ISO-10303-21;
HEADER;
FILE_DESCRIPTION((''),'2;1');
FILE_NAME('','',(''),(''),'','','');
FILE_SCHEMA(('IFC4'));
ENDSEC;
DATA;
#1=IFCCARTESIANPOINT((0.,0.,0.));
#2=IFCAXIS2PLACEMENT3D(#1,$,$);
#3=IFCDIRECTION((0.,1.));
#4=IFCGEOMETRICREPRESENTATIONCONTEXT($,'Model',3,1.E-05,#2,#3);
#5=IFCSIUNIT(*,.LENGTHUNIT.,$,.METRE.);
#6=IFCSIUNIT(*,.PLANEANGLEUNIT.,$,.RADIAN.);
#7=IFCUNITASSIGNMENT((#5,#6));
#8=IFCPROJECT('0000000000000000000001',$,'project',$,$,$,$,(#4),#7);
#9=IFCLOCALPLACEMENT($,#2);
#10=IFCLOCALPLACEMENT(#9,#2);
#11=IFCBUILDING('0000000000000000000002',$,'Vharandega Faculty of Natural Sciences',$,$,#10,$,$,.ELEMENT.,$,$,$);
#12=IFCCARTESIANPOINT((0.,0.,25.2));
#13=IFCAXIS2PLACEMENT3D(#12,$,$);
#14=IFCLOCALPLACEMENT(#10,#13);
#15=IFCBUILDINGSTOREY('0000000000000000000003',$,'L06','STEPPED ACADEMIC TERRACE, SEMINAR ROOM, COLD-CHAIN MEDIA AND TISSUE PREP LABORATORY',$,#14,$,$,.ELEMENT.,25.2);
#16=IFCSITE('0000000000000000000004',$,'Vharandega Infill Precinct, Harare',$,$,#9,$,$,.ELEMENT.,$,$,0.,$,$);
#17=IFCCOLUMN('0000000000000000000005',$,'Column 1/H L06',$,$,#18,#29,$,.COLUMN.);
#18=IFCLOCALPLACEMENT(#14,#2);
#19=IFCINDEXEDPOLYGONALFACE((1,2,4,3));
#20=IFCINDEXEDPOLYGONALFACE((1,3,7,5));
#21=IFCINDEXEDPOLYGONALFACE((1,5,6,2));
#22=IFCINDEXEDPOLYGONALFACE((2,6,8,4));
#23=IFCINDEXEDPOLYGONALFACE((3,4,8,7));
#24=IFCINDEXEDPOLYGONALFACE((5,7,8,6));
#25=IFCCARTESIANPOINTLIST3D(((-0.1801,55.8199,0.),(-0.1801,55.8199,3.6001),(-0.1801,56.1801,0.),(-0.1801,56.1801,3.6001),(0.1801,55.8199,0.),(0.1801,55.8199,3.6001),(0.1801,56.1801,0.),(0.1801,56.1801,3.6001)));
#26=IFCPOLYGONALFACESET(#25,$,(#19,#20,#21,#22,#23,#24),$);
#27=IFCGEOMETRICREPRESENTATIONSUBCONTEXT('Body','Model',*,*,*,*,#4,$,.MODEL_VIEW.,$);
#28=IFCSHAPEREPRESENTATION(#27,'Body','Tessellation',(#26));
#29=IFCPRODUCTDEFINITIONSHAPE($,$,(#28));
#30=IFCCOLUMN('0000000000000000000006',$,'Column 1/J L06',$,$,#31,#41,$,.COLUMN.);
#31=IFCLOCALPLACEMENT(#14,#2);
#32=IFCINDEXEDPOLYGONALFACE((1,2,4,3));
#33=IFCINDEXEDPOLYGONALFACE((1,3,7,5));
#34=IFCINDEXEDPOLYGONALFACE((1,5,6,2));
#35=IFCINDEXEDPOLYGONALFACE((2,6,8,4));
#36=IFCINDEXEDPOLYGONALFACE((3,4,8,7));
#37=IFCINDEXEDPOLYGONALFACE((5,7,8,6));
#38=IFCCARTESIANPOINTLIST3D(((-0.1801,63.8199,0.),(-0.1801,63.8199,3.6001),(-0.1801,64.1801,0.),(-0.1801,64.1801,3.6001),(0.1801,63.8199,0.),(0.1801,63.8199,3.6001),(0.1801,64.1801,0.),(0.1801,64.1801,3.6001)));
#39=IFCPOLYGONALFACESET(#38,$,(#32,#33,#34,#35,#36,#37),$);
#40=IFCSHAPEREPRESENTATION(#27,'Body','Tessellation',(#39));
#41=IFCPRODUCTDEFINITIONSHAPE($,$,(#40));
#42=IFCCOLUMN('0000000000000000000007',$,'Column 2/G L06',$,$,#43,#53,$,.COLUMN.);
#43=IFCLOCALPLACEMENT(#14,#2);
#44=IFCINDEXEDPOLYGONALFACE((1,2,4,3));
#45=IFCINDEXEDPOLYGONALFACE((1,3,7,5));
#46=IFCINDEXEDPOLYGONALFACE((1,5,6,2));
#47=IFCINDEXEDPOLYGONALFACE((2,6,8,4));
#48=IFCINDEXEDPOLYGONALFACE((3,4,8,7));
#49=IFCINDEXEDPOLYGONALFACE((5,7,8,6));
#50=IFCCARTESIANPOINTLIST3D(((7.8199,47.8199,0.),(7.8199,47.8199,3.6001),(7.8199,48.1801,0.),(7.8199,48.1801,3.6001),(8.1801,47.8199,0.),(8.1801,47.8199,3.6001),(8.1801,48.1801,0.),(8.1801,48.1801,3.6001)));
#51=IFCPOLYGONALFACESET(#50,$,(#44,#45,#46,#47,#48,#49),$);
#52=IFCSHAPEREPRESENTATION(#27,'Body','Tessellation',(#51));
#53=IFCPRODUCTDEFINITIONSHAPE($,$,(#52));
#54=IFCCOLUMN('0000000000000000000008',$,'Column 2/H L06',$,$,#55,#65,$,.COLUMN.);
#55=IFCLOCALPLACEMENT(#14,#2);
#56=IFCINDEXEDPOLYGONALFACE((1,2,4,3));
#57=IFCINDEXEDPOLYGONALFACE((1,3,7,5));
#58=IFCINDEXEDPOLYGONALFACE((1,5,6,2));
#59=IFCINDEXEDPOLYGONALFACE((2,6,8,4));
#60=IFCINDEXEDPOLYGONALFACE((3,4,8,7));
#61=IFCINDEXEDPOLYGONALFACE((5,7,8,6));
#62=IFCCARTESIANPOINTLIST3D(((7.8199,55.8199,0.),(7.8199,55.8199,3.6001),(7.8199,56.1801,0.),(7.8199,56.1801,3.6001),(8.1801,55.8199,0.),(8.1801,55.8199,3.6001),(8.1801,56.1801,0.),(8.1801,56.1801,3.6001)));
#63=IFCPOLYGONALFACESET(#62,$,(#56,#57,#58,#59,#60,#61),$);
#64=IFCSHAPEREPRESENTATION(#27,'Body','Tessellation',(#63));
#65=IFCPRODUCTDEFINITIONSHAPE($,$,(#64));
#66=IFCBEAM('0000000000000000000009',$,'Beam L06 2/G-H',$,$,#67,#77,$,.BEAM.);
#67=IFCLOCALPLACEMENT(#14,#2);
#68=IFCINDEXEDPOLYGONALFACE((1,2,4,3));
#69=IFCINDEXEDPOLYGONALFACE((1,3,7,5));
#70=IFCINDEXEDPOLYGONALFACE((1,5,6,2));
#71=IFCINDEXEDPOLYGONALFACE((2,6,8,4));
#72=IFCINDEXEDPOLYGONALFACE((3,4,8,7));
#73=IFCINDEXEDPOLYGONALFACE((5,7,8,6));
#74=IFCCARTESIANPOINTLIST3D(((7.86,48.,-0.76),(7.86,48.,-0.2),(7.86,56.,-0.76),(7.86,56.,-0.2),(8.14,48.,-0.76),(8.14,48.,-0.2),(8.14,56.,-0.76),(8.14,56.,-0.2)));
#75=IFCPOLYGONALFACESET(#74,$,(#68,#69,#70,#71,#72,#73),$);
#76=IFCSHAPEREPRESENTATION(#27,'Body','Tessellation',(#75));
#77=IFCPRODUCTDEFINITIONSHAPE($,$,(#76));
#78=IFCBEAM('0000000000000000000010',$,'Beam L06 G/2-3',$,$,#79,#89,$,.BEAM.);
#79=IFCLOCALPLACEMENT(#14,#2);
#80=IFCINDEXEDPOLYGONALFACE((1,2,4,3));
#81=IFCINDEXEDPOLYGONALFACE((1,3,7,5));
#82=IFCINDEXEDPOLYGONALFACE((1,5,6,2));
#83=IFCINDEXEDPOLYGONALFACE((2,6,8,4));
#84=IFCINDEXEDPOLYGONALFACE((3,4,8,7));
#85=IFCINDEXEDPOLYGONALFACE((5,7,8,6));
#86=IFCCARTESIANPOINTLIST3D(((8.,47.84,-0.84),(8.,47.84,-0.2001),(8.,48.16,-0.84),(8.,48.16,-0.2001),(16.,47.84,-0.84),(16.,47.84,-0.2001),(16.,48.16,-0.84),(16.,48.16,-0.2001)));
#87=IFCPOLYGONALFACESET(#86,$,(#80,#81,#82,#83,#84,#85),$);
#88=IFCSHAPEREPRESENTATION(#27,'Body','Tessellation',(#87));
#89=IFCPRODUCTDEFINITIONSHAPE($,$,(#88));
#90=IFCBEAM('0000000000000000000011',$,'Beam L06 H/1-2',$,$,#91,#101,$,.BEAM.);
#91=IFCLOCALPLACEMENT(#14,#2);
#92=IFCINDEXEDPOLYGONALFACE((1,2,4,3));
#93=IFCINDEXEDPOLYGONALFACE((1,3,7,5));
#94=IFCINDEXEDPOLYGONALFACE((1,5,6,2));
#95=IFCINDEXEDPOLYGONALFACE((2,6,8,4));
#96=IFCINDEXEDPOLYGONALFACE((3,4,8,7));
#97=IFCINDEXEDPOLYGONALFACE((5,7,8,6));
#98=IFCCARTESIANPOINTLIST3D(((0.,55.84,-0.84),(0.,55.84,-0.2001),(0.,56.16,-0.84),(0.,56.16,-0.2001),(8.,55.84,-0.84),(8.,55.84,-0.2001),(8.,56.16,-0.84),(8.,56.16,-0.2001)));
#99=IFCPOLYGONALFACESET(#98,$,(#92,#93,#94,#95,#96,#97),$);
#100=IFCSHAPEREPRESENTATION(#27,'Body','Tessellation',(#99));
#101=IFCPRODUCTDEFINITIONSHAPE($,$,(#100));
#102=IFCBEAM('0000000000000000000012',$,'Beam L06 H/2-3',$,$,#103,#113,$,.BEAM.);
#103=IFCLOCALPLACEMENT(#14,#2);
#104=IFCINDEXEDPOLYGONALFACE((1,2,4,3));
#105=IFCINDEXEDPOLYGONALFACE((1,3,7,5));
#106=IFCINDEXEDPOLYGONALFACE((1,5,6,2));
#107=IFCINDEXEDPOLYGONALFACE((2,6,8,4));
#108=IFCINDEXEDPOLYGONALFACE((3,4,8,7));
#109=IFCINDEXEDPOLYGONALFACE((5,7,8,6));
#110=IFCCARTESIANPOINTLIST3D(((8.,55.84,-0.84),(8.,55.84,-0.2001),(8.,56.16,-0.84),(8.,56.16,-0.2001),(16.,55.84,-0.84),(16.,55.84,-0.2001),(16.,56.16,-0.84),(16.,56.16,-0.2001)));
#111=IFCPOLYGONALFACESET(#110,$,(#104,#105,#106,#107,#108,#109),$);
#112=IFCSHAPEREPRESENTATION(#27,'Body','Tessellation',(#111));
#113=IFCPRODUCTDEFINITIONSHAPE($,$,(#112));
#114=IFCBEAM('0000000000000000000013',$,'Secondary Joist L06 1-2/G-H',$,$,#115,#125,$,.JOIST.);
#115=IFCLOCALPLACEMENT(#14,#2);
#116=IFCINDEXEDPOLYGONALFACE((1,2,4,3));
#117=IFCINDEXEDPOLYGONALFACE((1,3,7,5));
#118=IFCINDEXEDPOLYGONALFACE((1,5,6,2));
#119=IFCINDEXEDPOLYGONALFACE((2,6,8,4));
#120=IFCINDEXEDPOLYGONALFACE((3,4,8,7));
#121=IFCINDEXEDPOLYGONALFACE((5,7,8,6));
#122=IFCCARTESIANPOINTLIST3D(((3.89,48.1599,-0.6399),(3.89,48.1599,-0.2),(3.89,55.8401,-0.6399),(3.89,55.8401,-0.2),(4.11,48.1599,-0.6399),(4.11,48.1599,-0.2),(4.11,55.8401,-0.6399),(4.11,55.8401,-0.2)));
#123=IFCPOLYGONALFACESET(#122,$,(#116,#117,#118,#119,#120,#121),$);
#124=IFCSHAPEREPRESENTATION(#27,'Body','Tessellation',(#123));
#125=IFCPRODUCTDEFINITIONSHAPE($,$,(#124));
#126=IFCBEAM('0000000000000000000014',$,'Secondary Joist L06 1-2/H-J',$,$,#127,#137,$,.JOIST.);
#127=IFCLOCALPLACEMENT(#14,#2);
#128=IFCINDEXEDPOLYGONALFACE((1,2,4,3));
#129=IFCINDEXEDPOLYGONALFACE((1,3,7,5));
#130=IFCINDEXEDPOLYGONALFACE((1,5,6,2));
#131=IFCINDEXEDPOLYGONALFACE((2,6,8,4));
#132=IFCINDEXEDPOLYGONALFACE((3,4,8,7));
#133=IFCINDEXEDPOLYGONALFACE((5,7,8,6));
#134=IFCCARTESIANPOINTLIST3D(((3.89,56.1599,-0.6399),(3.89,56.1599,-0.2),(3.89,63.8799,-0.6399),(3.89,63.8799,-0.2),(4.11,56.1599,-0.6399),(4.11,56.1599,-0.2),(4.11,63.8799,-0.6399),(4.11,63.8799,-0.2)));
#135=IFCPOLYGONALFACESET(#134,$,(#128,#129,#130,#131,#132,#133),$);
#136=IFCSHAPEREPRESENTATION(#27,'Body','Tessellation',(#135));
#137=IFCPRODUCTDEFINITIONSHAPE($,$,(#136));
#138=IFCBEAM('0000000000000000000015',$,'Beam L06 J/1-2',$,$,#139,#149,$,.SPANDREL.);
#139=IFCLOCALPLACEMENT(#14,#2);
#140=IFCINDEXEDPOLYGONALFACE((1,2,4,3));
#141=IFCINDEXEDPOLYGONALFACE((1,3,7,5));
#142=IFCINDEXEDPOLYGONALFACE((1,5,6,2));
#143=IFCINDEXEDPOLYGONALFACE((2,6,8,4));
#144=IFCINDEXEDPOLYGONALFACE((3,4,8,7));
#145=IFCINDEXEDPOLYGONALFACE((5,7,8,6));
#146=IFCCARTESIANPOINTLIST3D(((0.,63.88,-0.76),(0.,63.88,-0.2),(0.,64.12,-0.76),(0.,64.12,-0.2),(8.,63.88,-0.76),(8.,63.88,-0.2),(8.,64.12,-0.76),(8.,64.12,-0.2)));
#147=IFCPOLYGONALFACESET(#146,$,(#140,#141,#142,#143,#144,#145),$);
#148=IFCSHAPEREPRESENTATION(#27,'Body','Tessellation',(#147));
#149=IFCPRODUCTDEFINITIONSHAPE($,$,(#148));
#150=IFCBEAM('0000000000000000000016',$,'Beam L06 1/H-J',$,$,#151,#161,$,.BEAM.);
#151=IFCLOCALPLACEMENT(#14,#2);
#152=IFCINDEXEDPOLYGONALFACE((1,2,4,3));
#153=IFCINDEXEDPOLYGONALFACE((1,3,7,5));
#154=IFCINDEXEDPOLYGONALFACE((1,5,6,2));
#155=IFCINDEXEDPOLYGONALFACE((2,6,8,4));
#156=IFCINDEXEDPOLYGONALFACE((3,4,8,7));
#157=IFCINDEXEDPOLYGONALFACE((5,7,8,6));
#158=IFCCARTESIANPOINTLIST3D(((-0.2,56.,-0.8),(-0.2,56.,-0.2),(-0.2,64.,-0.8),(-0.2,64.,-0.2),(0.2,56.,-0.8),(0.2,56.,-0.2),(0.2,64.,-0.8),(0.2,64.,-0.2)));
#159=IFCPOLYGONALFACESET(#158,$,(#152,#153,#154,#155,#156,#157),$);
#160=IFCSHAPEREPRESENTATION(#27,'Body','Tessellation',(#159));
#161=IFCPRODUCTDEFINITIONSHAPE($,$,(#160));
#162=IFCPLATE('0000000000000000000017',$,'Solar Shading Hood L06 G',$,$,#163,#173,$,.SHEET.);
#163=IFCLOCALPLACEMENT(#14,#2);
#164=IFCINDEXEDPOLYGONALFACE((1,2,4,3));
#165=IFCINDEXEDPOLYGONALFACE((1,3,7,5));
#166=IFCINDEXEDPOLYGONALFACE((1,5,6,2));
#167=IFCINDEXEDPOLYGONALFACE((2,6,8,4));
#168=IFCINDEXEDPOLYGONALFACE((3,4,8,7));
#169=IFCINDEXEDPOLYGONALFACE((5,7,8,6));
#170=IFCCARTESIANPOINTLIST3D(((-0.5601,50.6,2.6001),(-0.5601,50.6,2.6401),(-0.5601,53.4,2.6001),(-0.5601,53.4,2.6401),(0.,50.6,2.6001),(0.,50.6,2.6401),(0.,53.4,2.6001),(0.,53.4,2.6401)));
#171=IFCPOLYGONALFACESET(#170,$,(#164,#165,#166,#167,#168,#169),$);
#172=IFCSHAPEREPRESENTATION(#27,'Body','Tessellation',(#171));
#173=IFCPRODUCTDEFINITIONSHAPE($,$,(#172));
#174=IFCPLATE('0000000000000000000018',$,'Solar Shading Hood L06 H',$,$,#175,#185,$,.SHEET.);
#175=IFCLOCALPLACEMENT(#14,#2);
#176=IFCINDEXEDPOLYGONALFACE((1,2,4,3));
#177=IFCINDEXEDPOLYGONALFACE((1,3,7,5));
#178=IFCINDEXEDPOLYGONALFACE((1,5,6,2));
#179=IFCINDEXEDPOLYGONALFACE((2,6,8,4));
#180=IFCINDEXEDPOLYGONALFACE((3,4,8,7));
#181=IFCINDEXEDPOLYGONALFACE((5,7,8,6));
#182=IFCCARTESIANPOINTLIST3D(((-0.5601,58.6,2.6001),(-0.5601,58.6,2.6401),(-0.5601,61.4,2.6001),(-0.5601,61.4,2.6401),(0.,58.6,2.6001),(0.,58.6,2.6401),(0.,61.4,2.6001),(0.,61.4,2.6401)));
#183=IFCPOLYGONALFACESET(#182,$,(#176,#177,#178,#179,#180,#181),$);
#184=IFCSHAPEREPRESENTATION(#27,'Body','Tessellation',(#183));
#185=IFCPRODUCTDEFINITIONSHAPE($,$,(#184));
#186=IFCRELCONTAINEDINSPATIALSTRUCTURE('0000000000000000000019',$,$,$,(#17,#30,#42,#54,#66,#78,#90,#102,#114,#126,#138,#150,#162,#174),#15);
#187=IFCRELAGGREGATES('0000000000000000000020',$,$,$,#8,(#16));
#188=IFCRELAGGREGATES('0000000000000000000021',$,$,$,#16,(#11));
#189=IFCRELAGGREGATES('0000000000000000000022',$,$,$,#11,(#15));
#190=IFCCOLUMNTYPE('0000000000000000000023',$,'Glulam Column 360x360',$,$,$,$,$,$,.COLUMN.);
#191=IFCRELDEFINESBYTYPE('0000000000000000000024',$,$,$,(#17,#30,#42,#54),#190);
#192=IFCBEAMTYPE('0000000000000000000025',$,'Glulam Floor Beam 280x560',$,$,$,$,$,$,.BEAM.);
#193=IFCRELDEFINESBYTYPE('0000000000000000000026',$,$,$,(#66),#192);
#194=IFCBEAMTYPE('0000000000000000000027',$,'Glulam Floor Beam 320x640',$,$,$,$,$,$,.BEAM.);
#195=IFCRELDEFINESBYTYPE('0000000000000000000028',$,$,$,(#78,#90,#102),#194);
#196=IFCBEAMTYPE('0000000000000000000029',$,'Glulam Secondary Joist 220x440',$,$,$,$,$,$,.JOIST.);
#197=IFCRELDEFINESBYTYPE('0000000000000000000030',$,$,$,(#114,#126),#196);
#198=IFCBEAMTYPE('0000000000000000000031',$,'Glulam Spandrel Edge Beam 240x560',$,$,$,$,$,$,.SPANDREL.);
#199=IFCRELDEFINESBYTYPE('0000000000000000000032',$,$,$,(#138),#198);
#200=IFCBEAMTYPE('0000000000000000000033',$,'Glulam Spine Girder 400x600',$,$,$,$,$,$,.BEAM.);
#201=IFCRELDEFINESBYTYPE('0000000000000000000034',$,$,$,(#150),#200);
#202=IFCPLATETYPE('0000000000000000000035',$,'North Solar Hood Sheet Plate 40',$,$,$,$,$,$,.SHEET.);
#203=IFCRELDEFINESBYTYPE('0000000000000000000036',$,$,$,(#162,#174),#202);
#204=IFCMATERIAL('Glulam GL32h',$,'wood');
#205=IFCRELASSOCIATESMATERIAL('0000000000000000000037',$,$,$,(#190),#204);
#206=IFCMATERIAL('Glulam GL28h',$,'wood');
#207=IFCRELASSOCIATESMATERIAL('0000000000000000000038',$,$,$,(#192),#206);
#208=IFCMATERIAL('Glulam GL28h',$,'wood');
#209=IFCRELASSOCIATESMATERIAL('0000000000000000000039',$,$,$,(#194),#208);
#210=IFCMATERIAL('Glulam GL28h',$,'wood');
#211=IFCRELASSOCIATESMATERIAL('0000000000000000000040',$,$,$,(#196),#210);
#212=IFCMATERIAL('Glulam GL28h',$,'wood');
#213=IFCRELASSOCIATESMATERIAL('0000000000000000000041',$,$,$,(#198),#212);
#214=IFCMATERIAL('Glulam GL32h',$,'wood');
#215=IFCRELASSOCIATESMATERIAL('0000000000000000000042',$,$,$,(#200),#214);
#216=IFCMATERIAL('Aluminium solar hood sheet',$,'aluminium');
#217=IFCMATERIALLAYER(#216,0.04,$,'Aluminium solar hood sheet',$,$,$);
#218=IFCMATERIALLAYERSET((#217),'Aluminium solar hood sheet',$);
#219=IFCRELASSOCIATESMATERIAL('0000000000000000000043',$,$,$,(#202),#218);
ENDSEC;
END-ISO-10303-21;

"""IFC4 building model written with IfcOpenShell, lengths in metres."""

from ifc_helpers import new_model, si_unit, direction, frame, origin, origin_2d, place, context, subcontext, project, spatial, rectangle, extrude, material, layer, layer_set, material_profile, profile_set, type_object, element, save


model = new_model("IFC4")

# Units and contexts
model_context = context("Model", 3, precision=1e-05, world=origin(), true_north=direction((0.0, 1.0)))
body_context = subcontext(model_context, "Body", "Model", "MODEL_VIEW")
ifc_project = project(units=[si_unit("LENGTHUNIT", "METRE"), si_unit("PLANEANGLEUNIT", "RADIAN")], contexts=[model_context])

# Site, building, storey
site_placement = place(None, origin())
site = spatial("IfcSite", under=ifc_project, at=site_placement, Name="Vharandega Infill Precinct, Harare", CompositionType="ELEMENT", RefElevation=0.0)
building_placement = place(site_placement, origin())
building = spatial("IfcBuilding", under=site, at=building_placement, Name="Vharandega Faculty of Natural Sciences", CompositionType="ELEMENT")
storey_placement = place(building_placement, frame((0.0, 0.0, 25.2)))
storey = spatial("IfcBuildingStorey", under=building, at=storey_placement, Name="L06", Description="STEPPED ACADEMIC TERRACE, SEMINAR ROOM, COLD-CHAIN MEDIA AND TISSUE PREP LABORATORY", CompositionType="ELEMENT", Elevation=25.2)

# Columns
ifc_material_1 = material(Name="Glulam GL32h", Category="wood")
ifc_material_profile_1 = material_profile(ifc_material_1, rectangle(XDim=0.3601, YDim=0.3601, at=origin_2d()), Name="GL32h 360x360")
ifc_profile_set_1 = profile_set([ifc_material_profile_1], Name="Glulam GL32h")
column_type = type_object("IfcColumnType", Name="Glulam Column 360x360", PredefinedType="COLUMN", material=ifc_profile_set_1)
for number, where, z_axis, x_axis, name in (
    (1, (0.0, 56.0, 0.0), (0.0, 0.0, 1.0), (1.0, 0.0, 0.0), "Column 1/H L06"),
    (2, (0.0, 64.0, 0.0), (0.0, 0.0, 1.0), (1.0, 0.0, 0.0), "Column 1/J L06"),
    (3, (8.0, 48.0, 0.0), (0.0, 0.0, 1.0), (1.0, 0.0, 0.0), "Column 2/G L06"),
    (4, (8.0, 56.0, 0.0), (0.0, 0.0, 1.0), (1.0, 0.0, 0.0), "Column 2/H L06"),
):
    element("IfcColumn", number, at=place(storey_placement, frame(where, z_axis=z_axis, x_axis=x_axis)), inside=storey, type_object=column_type, Name=name, PredefinedType="COLUMN", context=body_context, shape_type="SweptSolid", body=[
        extrude(rectangle(XDim=0.3601, YDim=0.3601, at=origin_2d()), origin(), (0.0, 0.0, 1.0), 3.6001),
    ])

# Beams
ifc_material_2 = material(Name="Glulam GL28h", Category="wood")
ifc_material_profile_2 = material_profile(ifc_material_2, rectangle(XDim=0.28, YDim=0.5601, at=origin_2d()), Name="GL28h 280x560")
ifc_profile_set_2 = profile_set([ifc_material_profile_2], Name="Glulam GL28h")
beam_type_1 = type_object("IfcBeamType", Name="Glulam Floor Beam 280x560", PredefinedType="BEAM", material=ifc_profile_set_2)
beam_1_placement = place(storey_placement, frame((8.0, 48.0, -0.48), z_axis=(0.0, 1.0, 0.0), x_axis=(-1.0, 0.0, 0.0)))
element("IfcBeam", 5, at=beam_1_placement, inside=storey, type_object=beam_type_1, Name="Beam L06 2/G-H", PredefinedType="BEAM", context=body_context, shape_type="SweptSolid", body=[
    extrude(rectangle(XDim=0.28, YDim=0.5601, at=origin_2d()), origin(), (0.0, 0.0, 1.0), 8.0),
])
ifc_material_3 = material(Name="Glulam GL28h", Category="wood")
ifc_material_profile_3 = material_profile(ifc_material_3, rectangle(XDim=0.3201, YDim=0.6399, at=origin_2d()), Name="GL28h 320x640")
ifc_profile_set_3 = profile_set([ifc_material_profile_3], Name="Glulam GL28h")
beam_type_2 = type_object("IfcBeamType", Name="Glulam Floor Beam 320x640", PredefinedType="BEAM", material=ifc_profile_set_3)
for number, where, z_axis, x_axis, name in (
    (6, (8.0, 48.0, -0.52), (1.0, 0.0, 0.0), (0.0, 1.0, 0.0), "Beam L06 G/2-3"),
    (7, (0.0, 56.0, -0.52), (1.0, 0.0, 0.0), (0.0, 1.0, 0.0), "Beam L06 H/1-2"),
    (8, (8.0, 56.0, -0.52), (1.0, 0.0, 0.0), (0.0, 1.0, 0.0), "Beam L06 H/2-3"),
):
    element("IfcBeam", number, at=place(storey_placement, frame(where, z_axis=z_axis, x_axis=x_axis)), inside=storey, type_object=beam_type_2, Name=name, PredefinedType="BEAM", context=body_context, shape_type="SweptSolid", body=[
        extrude(rectangle(XDim=0.3201, YDim=0.6399, at=origin_2d()), origin(), (0.0, 0.0, 1.0), 8.0),
    ])
ifc_material_4 = material(Name="Glulam GL28h", Category="wood")
ifc_material_profile_4 = material_profile(ifc_material_4, rectangle(XDim=0.22, YDim=0.4399, at=origin_2d()), Name="GL28h 220x440")
ifc_profile_set_4 = profile_set([ifc_material_profile_4], Name="Glulam GL28h")
beam_type_3 = type_object("IfcBeamType", Name="Glulam Secondary Joist 220x440", PredefinedType="JOIST", material=ifc_profile_set_4)
beam_2_placement = place(storey_placement, frame((4.0, 48.1599, -0.4199), z_axis=(0.0, 1.0, 0.0), x_axis=(-1.0, 0.0, 0.0)))
element("IfcBeam", 9, at=beam_2_placement, inside=storey, type_object=beam_type_3, Name="Secondary Joist L06 1-2/G-H", PredefinedType="JOIST", context=body_context, shape_type="SweptSolid", body=[
    extrude(rectangle(XDim=0.22, YDim=0.4399, at=origin_2d()), origin(), (0.0, 0.0, 1.0), 7.6802),
])
beam_3_placement = place(storey_placement, frame((4.0, 56.1599, -0.4199), z_axis=(0.0, 1.0, 0.0), x_axis=(-1.0, 0.0, 0.0)))
element("IfcBeam", 10, at=beam_3_placement, inside=storey, type_object=beam_type_3, Name="Secondary Joist L06 1-2/H-J", PredefinedType="JOIST", context=body_context, shape_type="SweptSolid", body=[
    extrude(rectangle(XDim=0.22, YDim=0.4399, at=origin_2d()), origin(), (0.0, 0.0, 1.0), 7.72),
])
ifc_material_5 = material(Name="Glulam GL28h", Category="wood")
ifc_material_profile_5 = material_profile(ifc_material_5, rectangle(XDim=0.24, YDim=0.5601, at=origin_2d()), Name="GL28h 240x560")
ifc_profile_set_5 = profile_set([ifc_material_profile_5], Name="Glulam GL28h")
beam_type_4 = type_object("IfcBeamType", Name="Glulam Spandrel Edge Beam 240x560", PredefinedType="SPANDREL", material=ifc_profile_set_5)
beam_4_placement = place(storey_placement, frame((0.0, 64.0, -0.48), z_axis=(1.0, 0.0, 0.0), x_axis=(0.0, 1.0, 0.0)))
element("IfcBeam", 11, at=beam_4_placement, inside=storey, type_object=beam_type_4, Name="Beam L06 J/1-2", PredefinedType="SPANDREL", context=body_context, shape_type="SweptSolid", body=[
    extrude(rectangle(XDim=0.24, YDim=0.5601, at=origin_2d()), origin(), (0.0, 0.0, 1.0), 8.0),
])
ifc_material_6 = material(Name="Glulam GL32h", Category="wood")
ifc_material_profile_6 = material_profile(ifc_material_6, rectangle(XDim=0.3999, YDim=0.6001, at=origin_2d()), Name="GL32h 400x600")
ifc_profile_set_6 = profile_set([ifc_material_profile_6], Name="Glulam GL32h")
beam_type_5 = type_object("IfcBeamType", Name="Glulam Spine Girder 400x600", PredefinedType="BEAM", material=ifc_profile_set_6)
beam_5_placement = place(storey_placement, frame((0.0, 56.0, -0.5), z_axis=(0.0, 1.0, 0.0), x_axis=(-1.0, 0.0, 0.0)))
element("IfcBeam", 12, at=beam_5_placement, inside=storey, type_object=beam_type_5, Name="Beam L06 1/H-J", PredefinedType="BEAM", context=body_context, shape_type="SweptSolid", body=[
    extrude(rectangle(XDim=0.3999, YDim=0.6001, at=origin_2d()), origin(), (0.0, 0.0, 1.0), 8.0),
])

# Plates
ifc_material_7 = material(Name="Aluminium solar hood sheet", Category="aluminium")
ifc_layer_1 = layer(ifc_material_7, 0.04, Name="Aluminium solar hood sheet")
ifc_layer_set_1 = layer_set([ifc_layer_1], Name="Aluminium solar hood sheet")
plate_type = type_object("IfcPlateType", Name="North Solar Hood Sheet Plate 40", PredefinedType="SHEET", material=ifc_layer_set_1)
for number, where, z_axis, x_axis, name in (
    (13, (-0.28, 52.0, 2.6001), (0.0, 0.0, 1.0), (1.0, 0.0, 0.0), "Solar Shading Hood L06 G"),
    (14, (-0.28, 60.0, 2.6001), (0.0, 0.0, 1.0), (1.0, 0.0, 0.0), "Solar Shading Hood L06 H"),
):
    element("IfcPlate", number, at=place(storey_placement, frame(where, z_axis=z_axis, x_axis=x_axis)), inside=storey, type_object=plate_type, Name=name, PredefinedType="SHEET", context=body_context, shape_type="SweptSolid", body=[
        extrude(rectangle(XDim=0.5601, YDim=2.8, at=origin_2d()), origin(), (0.0, 0.0, 1.0), 0.04),
    ])

save(model, "model.ifc")
